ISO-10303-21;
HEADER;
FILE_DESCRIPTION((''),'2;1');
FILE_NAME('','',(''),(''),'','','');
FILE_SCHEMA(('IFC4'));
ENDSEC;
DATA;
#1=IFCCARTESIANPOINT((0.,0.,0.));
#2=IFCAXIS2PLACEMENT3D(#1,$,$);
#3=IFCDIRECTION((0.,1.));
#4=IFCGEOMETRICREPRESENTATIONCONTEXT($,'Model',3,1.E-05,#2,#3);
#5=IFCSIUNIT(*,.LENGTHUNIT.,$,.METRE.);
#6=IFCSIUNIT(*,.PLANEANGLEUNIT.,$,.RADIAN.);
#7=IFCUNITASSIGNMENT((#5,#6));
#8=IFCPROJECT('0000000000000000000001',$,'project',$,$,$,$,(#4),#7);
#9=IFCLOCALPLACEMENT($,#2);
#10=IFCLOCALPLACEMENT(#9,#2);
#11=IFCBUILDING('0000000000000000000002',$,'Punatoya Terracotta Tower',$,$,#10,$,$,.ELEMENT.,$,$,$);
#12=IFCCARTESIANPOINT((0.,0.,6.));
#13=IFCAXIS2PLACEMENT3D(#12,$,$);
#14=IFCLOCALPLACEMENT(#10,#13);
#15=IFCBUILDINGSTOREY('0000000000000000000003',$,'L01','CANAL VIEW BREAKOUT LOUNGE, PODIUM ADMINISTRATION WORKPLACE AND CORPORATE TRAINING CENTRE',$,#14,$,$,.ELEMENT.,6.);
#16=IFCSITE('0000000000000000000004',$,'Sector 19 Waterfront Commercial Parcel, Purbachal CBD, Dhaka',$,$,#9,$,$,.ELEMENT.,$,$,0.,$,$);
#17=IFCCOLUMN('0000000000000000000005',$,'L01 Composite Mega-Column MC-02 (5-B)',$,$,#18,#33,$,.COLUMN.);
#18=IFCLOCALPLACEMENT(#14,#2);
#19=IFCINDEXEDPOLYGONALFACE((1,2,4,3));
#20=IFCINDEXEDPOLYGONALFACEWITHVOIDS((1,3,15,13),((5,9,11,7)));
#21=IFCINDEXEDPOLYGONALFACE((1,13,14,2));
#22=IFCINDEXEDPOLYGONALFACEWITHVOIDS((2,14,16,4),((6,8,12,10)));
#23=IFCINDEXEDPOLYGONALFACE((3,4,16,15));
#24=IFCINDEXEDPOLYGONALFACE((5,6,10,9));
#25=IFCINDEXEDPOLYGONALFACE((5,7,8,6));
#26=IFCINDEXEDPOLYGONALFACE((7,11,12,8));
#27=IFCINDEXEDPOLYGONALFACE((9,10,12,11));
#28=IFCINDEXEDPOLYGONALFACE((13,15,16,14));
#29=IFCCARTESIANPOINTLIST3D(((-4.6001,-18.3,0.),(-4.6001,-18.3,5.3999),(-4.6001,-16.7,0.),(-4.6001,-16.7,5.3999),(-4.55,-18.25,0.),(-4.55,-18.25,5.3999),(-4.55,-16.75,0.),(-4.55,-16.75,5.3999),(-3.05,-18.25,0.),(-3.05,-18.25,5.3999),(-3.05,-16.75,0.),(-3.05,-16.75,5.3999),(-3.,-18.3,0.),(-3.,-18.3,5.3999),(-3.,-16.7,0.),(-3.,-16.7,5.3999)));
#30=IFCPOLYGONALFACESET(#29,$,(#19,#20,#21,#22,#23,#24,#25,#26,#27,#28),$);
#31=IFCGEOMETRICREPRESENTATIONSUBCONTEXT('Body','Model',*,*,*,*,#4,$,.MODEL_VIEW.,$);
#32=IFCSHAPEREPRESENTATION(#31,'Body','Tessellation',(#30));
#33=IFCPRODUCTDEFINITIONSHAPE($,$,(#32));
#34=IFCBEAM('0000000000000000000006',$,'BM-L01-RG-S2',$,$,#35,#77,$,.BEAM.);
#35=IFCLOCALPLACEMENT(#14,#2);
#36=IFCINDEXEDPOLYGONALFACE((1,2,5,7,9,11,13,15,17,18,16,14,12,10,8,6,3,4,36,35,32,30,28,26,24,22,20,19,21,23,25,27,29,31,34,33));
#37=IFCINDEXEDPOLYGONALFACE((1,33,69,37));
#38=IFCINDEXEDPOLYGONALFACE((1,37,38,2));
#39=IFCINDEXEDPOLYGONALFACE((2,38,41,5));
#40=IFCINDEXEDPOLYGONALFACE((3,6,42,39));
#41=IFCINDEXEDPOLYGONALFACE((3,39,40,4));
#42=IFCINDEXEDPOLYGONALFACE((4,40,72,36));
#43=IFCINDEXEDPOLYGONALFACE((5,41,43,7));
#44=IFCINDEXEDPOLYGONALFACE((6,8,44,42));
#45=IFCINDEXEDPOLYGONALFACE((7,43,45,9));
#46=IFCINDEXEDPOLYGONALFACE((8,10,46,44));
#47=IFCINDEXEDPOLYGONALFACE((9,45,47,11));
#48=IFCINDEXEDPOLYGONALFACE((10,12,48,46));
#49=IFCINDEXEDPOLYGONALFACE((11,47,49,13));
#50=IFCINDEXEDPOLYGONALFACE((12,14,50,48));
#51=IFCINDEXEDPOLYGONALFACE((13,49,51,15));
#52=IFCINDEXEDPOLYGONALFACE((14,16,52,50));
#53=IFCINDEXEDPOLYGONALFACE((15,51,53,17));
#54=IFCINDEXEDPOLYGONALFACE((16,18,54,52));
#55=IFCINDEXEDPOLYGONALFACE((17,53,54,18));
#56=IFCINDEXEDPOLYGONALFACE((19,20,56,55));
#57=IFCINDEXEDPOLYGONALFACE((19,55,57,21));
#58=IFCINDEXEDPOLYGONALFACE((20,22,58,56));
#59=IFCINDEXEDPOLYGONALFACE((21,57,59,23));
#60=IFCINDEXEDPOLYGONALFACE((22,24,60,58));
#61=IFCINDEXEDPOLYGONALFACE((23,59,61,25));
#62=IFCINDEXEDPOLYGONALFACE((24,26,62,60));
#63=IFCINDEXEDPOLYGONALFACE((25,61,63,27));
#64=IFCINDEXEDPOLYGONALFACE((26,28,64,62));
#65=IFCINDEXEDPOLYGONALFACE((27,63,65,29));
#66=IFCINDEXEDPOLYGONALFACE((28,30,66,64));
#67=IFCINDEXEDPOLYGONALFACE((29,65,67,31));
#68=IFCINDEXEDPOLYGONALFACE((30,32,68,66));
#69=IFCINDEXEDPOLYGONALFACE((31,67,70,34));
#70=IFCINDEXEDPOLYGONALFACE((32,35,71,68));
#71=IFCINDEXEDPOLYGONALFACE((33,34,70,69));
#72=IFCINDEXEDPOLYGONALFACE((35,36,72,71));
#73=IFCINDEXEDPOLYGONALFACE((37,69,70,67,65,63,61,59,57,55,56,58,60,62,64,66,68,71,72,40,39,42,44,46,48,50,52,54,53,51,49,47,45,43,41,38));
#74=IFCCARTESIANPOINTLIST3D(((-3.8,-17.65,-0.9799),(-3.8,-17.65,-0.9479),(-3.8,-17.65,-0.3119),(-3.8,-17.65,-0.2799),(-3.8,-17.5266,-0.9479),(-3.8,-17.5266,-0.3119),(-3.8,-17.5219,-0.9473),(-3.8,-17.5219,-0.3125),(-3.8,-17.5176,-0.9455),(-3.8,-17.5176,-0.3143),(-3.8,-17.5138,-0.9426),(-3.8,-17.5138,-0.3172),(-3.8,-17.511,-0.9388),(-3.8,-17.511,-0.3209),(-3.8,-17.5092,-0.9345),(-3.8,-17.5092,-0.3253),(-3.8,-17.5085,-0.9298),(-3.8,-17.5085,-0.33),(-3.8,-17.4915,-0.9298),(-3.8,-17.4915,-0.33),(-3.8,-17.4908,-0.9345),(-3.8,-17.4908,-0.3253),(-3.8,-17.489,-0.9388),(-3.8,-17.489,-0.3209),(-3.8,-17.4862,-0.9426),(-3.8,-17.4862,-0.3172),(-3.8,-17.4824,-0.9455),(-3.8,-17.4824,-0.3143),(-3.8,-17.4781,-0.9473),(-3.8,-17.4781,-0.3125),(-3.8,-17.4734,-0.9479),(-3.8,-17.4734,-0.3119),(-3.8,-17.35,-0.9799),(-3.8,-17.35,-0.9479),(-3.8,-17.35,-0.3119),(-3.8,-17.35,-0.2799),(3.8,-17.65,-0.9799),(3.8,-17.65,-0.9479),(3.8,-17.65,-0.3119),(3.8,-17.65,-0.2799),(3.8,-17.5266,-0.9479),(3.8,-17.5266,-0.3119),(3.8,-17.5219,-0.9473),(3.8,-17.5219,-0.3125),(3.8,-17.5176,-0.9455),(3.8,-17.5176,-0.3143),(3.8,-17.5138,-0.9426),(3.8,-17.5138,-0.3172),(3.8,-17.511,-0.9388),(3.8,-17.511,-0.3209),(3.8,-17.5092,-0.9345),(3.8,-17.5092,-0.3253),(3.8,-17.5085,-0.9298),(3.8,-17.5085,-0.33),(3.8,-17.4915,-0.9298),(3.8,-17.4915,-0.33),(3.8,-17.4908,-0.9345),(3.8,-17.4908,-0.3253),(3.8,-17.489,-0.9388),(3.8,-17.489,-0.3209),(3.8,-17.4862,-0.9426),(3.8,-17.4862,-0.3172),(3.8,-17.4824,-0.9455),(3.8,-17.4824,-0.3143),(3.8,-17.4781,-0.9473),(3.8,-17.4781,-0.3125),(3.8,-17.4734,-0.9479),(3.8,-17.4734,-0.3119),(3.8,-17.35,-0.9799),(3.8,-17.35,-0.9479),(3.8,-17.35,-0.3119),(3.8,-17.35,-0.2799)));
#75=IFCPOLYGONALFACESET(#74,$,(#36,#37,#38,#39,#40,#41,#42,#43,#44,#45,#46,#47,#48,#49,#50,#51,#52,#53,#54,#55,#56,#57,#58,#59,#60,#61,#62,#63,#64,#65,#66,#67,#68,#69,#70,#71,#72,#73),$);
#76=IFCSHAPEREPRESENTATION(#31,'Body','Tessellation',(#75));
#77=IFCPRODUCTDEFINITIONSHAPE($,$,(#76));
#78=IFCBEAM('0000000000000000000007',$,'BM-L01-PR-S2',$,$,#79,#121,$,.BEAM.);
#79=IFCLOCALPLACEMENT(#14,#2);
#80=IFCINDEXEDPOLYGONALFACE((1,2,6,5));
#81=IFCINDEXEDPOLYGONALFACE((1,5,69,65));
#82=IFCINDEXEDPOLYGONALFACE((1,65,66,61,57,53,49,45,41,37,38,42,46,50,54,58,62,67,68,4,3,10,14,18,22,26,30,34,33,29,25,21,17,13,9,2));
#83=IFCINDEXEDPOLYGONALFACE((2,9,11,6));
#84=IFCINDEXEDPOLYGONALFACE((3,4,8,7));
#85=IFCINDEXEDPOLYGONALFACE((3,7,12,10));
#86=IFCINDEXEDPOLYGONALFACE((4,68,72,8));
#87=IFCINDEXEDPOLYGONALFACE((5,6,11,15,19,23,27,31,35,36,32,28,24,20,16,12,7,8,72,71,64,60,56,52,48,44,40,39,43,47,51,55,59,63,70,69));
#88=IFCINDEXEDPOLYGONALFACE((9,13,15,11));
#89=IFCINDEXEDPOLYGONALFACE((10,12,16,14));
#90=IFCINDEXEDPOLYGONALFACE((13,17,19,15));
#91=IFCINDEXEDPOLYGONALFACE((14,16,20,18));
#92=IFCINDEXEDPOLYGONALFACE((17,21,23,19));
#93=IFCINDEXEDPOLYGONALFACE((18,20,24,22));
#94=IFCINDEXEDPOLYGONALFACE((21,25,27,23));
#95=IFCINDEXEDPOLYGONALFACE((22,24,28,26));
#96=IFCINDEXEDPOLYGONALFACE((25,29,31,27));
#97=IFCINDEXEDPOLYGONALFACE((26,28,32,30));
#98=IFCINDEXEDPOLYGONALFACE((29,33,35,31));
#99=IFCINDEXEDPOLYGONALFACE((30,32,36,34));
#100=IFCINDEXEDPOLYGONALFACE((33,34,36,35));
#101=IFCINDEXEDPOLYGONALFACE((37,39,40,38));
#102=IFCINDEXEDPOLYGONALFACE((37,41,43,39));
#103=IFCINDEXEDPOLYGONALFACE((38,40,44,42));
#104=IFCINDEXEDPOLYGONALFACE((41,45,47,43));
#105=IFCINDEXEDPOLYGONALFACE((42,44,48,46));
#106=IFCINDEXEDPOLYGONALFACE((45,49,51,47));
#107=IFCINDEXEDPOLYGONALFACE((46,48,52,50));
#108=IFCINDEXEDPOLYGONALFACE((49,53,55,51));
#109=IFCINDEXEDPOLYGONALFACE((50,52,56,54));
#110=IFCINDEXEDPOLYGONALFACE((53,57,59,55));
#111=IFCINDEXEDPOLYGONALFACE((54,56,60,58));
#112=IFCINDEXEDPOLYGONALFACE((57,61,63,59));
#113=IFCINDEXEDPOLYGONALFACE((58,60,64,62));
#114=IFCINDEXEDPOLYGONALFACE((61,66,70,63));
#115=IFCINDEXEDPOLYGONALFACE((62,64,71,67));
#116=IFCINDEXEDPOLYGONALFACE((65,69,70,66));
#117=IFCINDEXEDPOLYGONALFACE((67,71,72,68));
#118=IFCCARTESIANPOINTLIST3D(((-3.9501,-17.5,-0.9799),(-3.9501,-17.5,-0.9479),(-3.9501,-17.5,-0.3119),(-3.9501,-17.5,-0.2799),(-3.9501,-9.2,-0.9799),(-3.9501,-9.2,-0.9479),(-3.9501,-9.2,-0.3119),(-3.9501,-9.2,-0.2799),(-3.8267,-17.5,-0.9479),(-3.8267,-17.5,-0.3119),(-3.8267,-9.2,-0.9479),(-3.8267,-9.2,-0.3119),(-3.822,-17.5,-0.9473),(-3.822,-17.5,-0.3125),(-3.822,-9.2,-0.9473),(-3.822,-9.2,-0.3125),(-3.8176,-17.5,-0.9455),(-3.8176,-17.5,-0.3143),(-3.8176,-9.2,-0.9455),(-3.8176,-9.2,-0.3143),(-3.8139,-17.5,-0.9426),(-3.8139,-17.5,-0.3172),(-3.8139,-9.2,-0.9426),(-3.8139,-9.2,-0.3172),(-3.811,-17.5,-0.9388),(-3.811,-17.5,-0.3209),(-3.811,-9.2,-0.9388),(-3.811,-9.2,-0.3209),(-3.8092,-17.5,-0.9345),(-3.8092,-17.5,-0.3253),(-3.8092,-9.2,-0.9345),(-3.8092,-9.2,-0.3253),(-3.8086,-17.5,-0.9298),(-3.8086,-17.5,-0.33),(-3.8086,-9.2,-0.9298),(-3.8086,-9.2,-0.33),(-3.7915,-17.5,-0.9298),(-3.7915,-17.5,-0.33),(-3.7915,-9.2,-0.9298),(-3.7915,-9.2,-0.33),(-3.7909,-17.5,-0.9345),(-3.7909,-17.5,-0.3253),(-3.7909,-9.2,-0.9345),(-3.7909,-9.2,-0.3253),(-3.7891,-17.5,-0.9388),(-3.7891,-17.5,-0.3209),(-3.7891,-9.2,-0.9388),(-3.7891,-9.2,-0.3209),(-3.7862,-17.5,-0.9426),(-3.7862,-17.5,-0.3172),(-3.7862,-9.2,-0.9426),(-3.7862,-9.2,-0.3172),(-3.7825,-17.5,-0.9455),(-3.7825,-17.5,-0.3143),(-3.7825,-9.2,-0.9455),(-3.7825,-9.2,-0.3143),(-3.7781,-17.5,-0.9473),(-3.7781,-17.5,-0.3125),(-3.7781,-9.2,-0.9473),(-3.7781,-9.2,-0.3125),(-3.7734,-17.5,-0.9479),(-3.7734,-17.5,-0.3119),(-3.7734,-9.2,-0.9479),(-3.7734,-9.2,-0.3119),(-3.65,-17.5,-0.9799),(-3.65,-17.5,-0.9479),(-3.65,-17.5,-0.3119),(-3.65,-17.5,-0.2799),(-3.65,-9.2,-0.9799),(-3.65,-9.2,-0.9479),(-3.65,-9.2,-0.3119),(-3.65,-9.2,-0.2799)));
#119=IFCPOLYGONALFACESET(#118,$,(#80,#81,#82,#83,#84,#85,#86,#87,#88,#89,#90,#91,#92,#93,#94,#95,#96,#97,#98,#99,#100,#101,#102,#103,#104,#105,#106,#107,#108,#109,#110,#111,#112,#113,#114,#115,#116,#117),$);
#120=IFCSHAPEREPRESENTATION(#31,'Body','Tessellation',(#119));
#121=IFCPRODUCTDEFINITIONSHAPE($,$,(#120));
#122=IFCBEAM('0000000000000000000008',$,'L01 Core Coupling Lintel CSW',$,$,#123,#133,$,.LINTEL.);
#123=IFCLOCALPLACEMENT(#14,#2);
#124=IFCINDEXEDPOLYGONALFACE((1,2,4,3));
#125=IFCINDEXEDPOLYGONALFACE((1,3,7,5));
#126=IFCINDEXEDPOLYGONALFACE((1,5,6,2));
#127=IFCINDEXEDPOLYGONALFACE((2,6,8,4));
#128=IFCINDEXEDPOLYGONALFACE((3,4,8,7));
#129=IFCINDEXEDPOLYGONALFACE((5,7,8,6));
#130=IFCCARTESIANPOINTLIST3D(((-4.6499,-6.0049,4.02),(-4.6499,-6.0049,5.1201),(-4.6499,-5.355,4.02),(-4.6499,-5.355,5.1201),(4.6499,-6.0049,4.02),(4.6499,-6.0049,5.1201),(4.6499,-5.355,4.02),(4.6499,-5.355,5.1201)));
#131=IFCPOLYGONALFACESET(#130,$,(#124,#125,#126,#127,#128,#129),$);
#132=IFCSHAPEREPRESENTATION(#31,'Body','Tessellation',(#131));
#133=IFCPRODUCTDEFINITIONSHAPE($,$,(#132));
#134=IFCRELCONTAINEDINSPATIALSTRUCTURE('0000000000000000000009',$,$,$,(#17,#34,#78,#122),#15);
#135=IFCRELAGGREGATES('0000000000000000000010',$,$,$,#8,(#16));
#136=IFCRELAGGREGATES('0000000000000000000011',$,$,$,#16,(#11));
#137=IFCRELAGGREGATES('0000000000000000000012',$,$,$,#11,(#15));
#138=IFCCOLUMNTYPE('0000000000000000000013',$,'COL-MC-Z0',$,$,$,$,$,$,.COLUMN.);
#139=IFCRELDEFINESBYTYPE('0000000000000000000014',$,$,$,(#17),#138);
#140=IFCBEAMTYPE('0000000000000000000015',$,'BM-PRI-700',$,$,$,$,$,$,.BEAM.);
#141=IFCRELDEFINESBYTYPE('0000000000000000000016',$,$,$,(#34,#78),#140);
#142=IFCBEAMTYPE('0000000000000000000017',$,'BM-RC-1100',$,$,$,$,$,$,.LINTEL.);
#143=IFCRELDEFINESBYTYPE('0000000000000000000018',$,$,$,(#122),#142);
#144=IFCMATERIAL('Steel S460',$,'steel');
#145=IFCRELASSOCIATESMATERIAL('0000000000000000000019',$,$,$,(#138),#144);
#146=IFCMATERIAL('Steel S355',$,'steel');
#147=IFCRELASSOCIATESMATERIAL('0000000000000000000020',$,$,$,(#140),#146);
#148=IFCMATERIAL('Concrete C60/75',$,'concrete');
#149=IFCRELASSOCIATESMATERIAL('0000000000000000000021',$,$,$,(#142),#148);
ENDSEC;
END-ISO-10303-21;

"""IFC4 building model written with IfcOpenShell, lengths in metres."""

from ifc_helpers import new_model, si_unit, direction, frame, origin, origin_2d, place, context, subcontext, project, spatial, rectangle, hollow_rectangle, i_section, extrude, material, material_profile, profile_set, type_object, element, save


model = new_model("IFC4")

# Units and contexts
model_context = context("Model", 3, precision=1e-05, world=origin(), true_north=direction((0.0, 1.0)))
body_context = subcontext(model_context, "Body", "Model", "MODEL_VIEW")
ifc_project = project(units=[si_unit("LENGTHUNIT", "METRE"), si_unit("PLANEANGLEUNIT", "RADIAN")], contexts=[model_context])

# Site, building, storey
site_placement = place(None, origin())
site = spatial("IfcSite", under=ifc_project, at=site_placement, Name="Sector 19 Waterfront Commercial Parcel, Purbachal CBD, Dhaka", CompositionType="ELEMENT", RefElevation=0.0)
building_placement = place(site_placement, origin())
building = spatial("IfcBuilding", under=site, at=building_placement, Name="Punatoya Terracotta Tower", CompositionType="ELEMENT")
storey_placement = place(building_placement, frame((0.0, 0.0, 6.0)))
storey = spatial("IfcBuildingStorey", under=building, at=storey_placement, Name="L01", Description="CANAL VIEW BREAKOUT LOUNGE, PODIUM ADMINISTRATION WORKPLACE AND CORPORATE TRAINING CENTRE", CompositionType="ELEMENT", Elevation=6.0)

# Column
ifc_material_1 = material(Name="Steel S460", Category="steel")
ifc_material_profile_1 = material_profile(ifc_material_1, hollow_rectangle(XDim=1.6001, YDim=1.6001, WallThickness=0.05, at=origin_2d()))
ifc_profile_set_1 = profile_set([ifc_material_profile_1], Name="Steel S460")
column_type = type_object("IfcColumnType", Name="COL-MC-Z0", PredefinedType="COLUMN", material=ifc_profile_set_1)
column_placement = place(storey_placement, frame((-3.8, -17.5, 0.0), z_axis=(0.0, 0.0, 1.0), x_axis=(1.0, 0.0, 0.0)))
element("IfcColumn", 1, at=column_placement, inside=storey, type_object=column_type, Name="L01 Composite Mega-Column MC-02 (5-B)", PredefinedType="COLUMN", context=body_context, shape_type="SweptSolid", body=[
    extrude(hollow_rectangle(XDim=1.6001, YDim=1.6001, WallThickness=0.05, at=origin_2d()), origin(), (0.0, 0.0, 1.0), 5.3999),
])

# Beams
ifc_material_2 = material(Name="Steel S355", Category="steel")
ifc_material_profile_2 = material_profile(ifc_material_2, i_section(OverallWidth=0.3, OverallDepth=0.7, WebThickness=0.0171, FlangeThickness=0.032, FilletRadius=0.0181, at=origin_2d()))
ifc_profile_set_2 = profile_set([ifc_material_profile_2], Name="Steel S355")
beam_type_1 = type_object("IfcBeamType", Name="BM-PRI-700", PredefinedType="BEAM", material=ifc_profile_set_2)
beam_1_placement = place(storey_placement, frame((-3.8, -17.5, -0.6299), z_axis=(1.0, 0.0, 0.0), x_axis=(0.0, 1.0, 0.0)))
element("IfcBeam", 2, at=beam_1_placement, inside=storey, type_object=beam_type_1, Name="BM-L01-RG-S2", PredefinedType="BEAM", context=body_context, shape_type="SweptSolid", body=[
    extrude(i_section(OverallWidth=0.3, OverallDepth=0.7, WebThickness=0.0171, FlangeThickness=0.032, FilletRadius=0.0181, at=origin_2d()), origin(), (0.0, 0.0, 1.0), 7.6001),
])
beam_2_placement = place(storey_placement, frame((-3.8, -17.5, -0.6299), z_axis=(0.0, 1.0, 0.0), x_axis=(-1.0, 0.0, 0.0)))
element("IfcBeam", 3, at=beam_2_placement, inside=storey, type_object=beam_type_1, Name="BM-L01-PR-S2", PredefinedType="BEAM", context=body_context, shape_type="SweptSolid", body=[
    extrude(i_section(OverallWidth=0.3, OverallDepth=0.7, WebThickness=0.0171, FlangeThickness=0.032, FilletRadius=0.0181, at=origin_2d()), origin(), (0.0, 0.0, 1.0), 8.3),
])
ifc_material_3 = material(Name="Concrete C60/75", Category="concrete")
ifc_material_profile_3 = material_profile(ifc_material_3, rectangle(XDim=0.6499, YDim=1.1001, at=origin_2d()))
ifc_profile_set_3 = profile_set([ifc_material_profile_3], Name="Concrete C60/75")
beam_type_2 = type_object("IfcBeamType", Name="BM-RC-1100", PredefinedType="LINTEL", material=ifc_profile_set_3)
beam_3_placement = place(storey_placement, frame((-4.6499, -5.6799, 4.5701), z_axis=(1.0, 0.0, 0.0), x_axis=(0.0, 1.0, 0.0)))
element("IfcBeam", 4, at=beam_3_placement, inside=storey, type_object=beam_type_2, Name="L01 Core Coupling Lintel CSW", PredefinedType="LINTEL", context=body_context, shape_type="SweptSolid", body=[
    extrude(rectangle(XDim=0.6499, YDim=1.1001, at=origin_2d()), origin(), (0.0, 0.0, 1.0), 9.2998),
])

save(model, "model.ifc")
